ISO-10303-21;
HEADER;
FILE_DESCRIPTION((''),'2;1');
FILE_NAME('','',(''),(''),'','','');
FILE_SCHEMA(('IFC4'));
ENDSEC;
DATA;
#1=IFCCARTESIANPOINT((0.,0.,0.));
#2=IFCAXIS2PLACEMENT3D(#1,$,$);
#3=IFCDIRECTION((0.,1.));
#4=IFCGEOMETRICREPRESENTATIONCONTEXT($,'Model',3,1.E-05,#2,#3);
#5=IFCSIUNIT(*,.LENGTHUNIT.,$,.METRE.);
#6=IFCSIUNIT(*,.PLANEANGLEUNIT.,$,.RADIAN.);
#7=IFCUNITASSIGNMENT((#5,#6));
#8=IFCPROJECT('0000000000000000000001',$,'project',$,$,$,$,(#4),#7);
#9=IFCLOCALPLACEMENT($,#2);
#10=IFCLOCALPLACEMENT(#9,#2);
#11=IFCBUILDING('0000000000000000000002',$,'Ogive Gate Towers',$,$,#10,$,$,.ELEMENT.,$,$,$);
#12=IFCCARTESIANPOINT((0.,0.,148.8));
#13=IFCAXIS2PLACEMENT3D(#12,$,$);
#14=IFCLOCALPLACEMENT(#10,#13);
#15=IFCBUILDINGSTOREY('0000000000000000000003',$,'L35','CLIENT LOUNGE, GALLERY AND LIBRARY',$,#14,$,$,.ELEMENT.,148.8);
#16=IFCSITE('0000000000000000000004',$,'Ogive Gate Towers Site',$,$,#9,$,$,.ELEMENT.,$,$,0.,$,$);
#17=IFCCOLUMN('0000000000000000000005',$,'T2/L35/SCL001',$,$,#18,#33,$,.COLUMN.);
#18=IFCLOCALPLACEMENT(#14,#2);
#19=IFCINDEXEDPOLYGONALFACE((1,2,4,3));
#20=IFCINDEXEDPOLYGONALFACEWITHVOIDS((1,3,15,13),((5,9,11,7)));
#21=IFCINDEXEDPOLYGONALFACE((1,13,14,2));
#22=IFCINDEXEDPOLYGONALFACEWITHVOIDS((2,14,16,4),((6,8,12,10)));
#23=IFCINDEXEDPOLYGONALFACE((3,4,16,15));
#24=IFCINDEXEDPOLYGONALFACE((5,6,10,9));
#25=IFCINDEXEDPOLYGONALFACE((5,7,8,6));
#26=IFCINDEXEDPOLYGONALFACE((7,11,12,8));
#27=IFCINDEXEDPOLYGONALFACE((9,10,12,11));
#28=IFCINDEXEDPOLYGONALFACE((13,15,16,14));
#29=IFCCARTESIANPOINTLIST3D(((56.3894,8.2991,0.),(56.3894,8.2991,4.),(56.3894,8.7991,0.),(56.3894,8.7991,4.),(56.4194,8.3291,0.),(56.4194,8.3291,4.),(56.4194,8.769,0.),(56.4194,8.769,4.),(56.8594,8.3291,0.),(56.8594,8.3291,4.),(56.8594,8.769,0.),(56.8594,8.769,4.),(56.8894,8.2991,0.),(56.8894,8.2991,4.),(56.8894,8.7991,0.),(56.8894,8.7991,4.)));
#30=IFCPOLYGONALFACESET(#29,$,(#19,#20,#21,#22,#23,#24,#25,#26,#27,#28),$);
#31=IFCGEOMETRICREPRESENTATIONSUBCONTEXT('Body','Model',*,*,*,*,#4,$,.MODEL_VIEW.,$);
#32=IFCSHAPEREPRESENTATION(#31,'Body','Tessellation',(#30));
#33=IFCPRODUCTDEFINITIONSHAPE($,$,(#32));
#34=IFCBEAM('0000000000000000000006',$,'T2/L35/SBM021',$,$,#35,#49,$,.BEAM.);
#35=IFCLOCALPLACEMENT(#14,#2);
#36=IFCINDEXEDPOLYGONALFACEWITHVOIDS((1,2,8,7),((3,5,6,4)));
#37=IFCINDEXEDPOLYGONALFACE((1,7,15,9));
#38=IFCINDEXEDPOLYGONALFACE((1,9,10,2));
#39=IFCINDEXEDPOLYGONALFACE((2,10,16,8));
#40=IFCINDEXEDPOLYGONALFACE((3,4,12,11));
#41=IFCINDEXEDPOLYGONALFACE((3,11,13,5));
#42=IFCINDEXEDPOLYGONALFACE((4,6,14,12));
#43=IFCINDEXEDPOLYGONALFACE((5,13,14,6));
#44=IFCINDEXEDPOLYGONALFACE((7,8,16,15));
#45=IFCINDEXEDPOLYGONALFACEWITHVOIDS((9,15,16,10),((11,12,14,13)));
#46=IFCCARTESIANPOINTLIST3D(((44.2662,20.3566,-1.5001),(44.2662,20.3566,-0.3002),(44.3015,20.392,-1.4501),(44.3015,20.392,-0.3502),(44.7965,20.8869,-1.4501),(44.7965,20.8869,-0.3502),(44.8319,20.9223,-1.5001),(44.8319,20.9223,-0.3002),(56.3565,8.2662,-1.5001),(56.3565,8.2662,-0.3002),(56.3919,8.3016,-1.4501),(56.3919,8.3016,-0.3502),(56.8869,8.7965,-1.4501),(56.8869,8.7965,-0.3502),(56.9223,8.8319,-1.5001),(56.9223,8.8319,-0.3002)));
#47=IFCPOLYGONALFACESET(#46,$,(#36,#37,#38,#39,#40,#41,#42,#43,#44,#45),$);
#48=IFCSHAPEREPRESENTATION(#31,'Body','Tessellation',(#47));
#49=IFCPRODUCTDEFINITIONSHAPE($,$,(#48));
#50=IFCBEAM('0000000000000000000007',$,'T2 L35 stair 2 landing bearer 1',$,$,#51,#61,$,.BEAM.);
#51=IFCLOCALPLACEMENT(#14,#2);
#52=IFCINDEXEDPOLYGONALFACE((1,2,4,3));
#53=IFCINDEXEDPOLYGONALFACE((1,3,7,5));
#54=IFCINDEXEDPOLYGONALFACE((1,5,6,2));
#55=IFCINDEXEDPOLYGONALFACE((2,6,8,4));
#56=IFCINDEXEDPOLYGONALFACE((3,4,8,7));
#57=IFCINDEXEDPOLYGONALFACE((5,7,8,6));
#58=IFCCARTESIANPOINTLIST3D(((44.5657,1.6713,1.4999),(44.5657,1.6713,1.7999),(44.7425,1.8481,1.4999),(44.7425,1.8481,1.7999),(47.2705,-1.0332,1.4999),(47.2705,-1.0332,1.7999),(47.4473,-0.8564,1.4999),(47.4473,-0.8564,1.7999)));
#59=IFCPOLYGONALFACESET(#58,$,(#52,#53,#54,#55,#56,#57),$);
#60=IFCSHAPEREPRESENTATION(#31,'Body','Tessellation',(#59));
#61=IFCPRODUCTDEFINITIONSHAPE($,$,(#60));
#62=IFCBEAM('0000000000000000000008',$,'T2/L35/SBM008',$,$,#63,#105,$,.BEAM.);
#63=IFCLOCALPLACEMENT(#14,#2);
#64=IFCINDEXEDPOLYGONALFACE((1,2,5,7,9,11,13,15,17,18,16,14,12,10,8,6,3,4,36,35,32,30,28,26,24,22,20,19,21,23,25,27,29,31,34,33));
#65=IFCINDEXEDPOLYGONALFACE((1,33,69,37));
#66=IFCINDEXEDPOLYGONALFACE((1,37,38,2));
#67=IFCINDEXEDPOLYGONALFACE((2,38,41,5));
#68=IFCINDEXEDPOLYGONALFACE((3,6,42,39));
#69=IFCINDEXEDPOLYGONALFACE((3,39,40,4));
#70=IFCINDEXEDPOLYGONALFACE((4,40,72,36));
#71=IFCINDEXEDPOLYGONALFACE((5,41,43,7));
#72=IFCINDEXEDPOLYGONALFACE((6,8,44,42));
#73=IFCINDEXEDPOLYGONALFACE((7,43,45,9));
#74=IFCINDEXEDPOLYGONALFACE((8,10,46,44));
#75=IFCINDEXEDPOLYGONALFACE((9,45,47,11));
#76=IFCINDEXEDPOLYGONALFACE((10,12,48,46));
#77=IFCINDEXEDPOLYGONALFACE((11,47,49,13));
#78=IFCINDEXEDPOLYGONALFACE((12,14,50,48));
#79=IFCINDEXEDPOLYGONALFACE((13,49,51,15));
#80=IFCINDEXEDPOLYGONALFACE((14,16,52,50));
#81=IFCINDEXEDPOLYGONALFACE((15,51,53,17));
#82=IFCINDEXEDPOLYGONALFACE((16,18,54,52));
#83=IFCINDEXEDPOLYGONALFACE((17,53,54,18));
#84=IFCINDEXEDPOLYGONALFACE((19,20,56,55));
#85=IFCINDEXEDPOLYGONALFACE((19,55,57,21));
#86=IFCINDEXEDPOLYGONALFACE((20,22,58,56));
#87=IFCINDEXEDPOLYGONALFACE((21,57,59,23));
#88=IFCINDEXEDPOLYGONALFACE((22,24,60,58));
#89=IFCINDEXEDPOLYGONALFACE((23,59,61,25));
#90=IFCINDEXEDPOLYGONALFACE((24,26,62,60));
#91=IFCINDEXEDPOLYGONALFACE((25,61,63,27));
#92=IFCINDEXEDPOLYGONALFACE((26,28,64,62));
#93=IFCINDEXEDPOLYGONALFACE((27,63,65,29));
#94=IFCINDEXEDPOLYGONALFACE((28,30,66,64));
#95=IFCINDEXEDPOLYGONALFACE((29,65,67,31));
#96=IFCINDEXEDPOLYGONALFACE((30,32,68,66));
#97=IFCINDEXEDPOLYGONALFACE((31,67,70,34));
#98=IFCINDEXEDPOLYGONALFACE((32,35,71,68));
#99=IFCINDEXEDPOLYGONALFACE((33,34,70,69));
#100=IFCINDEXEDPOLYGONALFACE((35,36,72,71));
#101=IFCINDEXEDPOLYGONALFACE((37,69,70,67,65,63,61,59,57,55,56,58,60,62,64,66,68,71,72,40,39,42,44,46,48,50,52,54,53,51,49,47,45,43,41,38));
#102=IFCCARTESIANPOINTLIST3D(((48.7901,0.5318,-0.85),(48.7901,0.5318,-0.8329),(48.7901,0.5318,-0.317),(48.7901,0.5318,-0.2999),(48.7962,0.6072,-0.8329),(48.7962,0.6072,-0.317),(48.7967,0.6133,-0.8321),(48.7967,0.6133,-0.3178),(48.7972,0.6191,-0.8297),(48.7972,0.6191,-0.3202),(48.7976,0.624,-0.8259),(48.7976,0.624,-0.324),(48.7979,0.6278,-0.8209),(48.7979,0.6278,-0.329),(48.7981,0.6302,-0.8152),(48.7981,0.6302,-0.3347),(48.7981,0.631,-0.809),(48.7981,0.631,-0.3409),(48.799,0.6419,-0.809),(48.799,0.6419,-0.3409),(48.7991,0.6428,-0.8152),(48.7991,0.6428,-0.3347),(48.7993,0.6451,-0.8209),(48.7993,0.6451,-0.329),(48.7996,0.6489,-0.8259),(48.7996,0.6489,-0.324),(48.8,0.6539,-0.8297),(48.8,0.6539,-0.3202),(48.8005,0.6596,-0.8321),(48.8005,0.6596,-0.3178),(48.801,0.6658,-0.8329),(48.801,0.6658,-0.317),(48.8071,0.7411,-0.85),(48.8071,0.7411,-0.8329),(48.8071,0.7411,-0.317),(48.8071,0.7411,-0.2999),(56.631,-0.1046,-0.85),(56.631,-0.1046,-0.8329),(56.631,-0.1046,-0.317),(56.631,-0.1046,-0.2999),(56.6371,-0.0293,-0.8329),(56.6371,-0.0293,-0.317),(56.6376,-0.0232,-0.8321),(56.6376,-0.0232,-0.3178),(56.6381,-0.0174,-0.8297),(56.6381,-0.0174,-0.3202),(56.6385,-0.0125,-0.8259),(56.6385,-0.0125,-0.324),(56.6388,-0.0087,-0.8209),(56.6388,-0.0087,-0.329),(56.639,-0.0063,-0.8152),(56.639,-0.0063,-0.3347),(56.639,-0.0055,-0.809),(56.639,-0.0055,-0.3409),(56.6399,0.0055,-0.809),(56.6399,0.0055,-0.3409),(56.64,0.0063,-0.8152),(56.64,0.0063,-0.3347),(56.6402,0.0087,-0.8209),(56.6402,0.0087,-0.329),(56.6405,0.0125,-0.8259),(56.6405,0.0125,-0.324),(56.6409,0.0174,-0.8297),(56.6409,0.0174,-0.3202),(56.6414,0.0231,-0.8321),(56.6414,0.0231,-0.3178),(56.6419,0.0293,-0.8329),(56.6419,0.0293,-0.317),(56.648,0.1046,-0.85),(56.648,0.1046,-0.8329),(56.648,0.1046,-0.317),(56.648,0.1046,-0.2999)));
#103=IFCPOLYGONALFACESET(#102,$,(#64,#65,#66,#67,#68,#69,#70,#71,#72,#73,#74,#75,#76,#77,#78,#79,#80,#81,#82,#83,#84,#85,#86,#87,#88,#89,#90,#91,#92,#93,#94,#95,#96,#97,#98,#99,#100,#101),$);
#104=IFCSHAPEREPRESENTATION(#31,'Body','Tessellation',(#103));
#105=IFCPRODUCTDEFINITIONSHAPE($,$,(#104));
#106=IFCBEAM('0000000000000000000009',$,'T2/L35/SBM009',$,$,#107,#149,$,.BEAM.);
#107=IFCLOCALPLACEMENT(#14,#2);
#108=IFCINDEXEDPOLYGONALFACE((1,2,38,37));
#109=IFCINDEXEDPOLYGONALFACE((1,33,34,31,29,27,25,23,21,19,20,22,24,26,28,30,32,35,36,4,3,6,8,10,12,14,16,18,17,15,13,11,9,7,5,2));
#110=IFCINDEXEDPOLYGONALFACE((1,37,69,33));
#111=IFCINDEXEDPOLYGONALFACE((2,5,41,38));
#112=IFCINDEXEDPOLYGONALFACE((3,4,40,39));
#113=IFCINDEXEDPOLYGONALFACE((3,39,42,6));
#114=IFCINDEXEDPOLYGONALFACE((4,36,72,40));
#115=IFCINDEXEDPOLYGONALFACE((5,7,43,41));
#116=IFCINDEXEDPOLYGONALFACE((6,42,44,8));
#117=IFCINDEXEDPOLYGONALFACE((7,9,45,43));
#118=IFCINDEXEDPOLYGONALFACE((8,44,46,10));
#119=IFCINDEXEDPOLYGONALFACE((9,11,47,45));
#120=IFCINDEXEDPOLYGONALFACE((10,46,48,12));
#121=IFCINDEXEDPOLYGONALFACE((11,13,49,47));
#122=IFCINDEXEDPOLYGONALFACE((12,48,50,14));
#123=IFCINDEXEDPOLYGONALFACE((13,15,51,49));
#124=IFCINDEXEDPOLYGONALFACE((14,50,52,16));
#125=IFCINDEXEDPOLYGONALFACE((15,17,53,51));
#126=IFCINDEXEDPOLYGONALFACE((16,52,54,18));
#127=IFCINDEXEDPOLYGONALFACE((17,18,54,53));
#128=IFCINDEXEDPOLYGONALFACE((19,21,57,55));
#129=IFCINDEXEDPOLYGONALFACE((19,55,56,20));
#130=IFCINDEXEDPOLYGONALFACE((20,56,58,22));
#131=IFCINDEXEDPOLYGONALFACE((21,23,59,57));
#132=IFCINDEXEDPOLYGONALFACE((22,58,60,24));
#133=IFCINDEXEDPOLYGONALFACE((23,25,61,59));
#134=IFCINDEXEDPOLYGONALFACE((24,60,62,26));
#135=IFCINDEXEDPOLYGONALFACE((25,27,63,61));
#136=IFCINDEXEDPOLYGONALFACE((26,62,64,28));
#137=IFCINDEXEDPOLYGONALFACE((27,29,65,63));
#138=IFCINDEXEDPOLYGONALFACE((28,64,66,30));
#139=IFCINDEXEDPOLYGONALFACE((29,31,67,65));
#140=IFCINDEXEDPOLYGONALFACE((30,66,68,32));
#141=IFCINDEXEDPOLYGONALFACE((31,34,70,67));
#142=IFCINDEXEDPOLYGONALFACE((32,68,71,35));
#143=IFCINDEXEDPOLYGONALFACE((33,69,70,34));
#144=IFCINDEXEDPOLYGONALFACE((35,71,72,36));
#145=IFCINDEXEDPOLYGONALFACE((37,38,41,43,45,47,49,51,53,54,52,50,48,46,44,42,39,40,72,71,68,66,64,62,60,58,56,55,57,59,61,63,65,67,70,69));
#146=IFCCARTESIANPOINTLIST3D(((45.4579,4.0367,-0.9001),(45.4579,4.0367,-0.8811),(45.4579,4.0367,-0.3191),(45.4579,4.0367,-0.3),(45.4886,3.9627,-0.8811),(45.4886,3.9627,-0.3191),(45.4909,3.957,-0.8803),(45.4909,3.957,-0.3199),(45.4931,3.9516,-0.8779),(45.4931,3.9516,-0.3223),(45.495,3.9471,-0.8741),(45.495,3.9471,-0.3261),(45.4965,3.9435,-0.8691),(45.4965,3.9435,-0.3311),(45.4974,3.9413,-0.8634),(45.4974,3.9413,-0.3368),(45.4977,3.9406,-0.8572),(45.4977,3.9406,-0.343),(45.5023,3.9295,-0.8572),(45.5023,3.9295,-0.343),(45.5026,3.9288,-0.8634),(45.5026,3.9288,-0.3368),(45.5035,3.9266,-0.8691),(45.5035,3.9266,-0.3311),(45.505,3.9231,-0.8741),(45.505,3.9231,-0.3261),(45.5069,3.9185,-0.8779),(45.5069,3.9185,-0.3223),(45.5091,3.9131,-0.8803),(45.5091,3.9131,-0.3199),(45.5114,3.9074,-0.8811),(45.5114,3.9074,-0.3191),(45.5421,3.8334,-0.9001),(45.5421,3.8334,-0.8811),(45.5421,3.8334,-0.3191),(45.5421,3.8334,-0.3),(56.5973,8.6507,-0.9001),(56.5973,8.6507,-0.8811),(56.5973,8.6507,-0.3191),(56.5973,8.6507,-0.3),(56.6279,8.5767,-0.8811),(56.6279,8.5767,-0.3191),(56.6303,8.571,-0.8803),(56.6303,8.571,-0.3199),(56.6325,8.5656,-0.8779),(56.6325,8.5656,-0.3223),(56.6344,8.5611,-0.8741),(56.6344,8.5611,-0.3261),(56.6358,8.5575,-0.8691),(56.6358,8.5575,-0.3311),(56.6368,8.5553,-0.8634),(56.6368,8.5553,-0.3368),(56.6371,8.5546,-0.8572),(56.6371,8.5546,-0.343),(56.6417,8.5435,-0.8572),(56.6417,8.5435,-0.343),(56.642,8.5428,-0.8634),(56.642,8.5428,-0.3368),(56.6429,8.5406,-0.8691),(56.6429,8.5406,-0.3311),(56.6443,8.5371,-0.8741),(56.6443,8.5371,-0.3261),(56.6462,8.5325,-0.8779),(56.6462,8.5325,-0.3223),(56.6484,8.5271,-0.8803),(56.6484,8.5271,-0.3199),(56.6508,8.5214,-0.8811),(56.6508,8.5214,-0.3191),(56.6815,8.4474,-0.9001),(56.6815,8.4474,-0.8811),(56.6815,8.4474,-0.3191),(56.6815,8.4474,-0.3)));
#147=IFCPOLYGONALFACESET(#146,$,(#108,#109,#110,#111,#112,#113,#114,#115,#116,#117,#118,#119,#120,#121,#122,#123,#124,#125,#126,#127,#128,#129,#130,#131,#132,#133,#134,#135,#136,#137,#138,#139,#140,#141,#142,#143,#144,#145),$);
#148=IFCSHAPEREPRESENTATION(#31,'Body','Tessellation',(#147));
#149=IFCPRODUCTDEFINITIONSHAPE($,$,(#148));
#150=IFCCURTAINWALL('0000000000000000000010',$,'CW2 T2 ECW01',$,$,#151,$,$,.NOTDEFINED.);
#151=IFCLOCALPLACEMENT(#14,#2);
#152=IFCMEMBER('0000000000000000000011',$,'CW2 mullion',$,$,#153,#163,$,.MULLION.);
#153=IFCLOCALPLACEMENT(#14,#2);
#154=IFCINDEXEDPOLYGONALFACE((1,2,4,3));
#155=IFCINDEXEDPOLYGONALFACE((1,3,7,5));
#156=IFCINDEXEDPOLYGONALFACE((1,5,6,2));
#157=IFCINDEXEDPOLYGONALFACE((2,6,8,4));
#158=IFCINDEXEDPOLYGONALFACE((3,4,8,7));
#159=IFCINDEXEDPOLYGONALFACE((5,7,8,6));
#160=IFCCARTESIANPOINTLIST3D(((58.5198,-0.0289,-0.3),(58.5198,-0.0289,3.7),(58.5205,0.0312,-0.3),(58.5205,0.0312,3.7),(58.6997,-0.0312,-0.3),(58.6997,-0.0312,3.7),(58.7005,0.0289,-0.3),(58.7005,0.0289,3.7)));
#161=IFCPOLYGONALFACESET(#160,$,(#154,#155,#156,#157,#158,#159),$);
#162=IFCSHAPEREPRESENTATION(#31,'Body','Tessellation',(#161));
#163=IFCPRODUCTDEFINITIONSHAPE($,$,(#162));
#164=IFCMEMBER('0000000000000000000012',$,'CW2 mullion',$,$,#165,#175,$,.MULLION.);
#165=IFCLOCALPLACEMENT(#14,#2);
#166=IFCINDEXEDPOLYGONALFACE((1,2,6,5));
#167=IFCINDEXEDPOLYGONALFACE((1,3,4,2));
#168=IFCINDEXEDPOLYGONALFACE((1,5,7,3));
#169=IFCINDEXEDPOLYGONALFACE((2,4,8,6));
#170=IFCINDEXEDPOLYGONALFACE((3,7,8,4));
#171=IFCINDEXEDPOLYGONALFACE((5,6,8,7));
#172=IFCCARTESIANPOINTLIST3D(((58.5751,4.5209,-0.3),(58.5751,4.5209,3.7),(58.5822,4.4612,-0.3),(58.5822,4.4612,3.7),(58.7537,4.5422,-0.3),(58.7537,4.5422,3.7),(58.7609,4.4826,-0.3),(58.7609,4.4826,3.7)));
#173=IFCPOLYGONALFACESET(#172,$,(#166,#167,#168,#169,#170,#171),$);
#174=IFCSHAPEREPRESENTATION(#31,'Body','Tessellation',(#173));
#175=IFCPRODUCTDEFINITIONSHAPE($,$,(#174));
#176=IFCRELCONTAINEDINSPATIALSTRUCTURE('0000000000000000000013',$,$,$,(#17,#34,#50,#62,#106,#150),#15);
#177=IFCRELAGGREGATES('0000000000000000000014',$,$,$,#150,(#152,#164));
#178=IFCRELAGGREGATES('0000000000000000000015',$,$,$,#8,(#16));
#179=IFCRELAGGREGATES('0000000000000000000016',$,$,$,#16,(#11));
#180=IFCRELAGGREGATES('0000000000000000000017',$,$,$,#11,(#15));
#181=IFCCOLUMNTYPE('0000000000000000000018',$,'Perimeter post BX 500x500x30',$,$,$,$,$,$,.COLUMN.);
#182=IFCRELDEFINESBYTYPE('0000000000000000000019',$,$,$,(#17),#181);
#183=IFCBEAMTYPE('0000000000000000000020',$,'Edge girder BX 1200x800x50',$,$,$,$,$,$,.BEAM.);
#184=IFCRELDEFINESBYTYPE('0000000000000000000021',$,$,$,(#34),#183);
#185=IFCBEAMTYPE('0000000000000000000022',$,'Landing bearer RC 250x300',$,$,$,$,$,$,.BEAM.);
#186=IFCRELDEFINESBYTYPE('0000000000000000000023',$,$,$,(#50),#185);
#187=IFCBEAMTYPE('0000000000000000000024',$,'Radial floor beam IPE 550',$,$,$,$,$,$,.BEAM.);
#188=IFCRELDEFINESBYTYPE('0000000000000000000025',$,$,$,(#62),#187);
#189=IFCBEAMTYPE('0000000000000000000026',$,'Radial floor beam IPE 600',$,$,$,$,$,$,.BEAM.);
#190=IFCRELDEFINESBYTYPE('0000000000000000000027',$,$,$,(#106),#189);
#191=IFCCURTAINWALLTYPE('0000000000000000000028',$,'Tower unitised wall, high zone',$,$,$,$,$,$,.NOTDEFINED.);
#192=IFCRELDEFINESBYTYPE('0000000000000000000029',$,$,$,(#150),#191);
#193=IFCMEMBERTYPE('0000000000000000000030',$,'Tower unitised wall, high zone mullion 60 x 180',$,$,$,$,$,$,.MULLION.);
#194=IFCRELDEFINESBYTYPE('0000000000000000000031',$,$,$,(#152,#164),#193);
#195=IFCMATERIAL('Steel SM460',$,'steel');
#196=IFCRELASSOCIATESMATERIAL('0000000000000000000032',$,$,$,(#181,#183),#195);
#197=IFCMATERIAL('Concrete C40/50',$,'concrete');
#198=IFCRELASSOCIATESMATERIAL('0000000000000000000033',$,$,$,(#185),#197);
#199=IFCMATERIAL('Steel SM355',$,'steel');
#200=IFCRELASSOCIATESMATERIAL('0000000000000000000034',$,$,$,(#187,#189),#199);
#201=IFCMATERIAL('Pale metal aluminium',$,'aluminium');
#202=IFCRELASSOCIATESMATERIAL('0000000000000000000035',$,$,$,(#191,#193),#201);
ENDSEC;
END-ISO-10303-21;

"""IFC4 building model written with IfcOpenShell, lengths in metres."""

from ifc_helpers import new_model, si_unit, direction, frame, origin, origin_2d, place, context, subcontext, project, spatial, rectangle, hollow_rectangle, i_section, extrude, material, material_profile, profile_set, type_object, element, aggregate, save


model = new_model("IFC4")

# Units and contexts
model_context = context("Model", 3, precision=1e-05, world=origin(), true_north=direction((0.0, 1.0)))
body_context = subcontext(model_context, "Body", "Model", "MODEL_VIEW")
ifc_project = project(units=[si_unit("LENGTHUNIT", "METRE"), si_unit("PLANEANGLEUNIT", "RADIAN")], contexts=[model_context])

# Site, building, storey
site_placement = place(None, origin())
site = spatial("IfcSite", under=ifc_project, at=site_placement, Name="Ogive Gate Towers Site", CompositionType="ELEMENT", RefElevation=0.0)
building_placement = place(site_placement, origin())
building = spatial("IfcBuilding", under=site, at=building_placement, Name="Ogive Gate Towers", CompositionType="ELEMENT")
storey_placement = place(building_placement, frame((0.0, 0.0, 148.8)))
storey = spatial("IfcBuildingStorey", under=building, at=storey_placement, Name="L35", Description="CLIENT LOUNGE, GALLERY AND LIBRARY", CompositionType="ELEMENT", Elevation=148.8)

# Column
ifc_material_1 = material(Name="Steel SM460", Category="steel")
ifc_material_profile_1 = material_profile(ifc_material_1, hollow_rectangle(XDim=0.5, YDim=0.5, WallThickness=0.03, at=origin_2d()), Name="BX 500x500x30")
ifc_profile_set_1 = profile_set([ifc_material_profile_1], Name="Steel SM460")
column_type = type_object("IfcColumnType", Name="Perimeter post BX 500x500x30", PredefinedType="COLUMN", material=ifc_profile_set_1)
column_placement = place(storey_placement, frame((56.6394, 8.5491, 0.0), z_axis=(0.0, 0.0, 1.0), x_axis=(1.0, 0.0, 0.0)))
element("IfcColumn", 1, at=column_placement, inside=storey, type_object=column_type, Name="T2/L35/SCL001", PredefinedType="COLUMN", context=body_context, shape_type="SweptSolid", body=[
    extrude(hollow_rectangle(XDim=0.5, YDim=0.5, WallThickness=0.03, at=origin_2d()), origin(), (0.0, 0.0, 1.0), 4.0),
])

# Beams
ifc_material_profile_2 = material_profile(ifc_material_1, hollow_rectangle(XDim=0.8, YDim=1.2, WallThickness=0.05, at=origin_2d()), Name="BX 1200x800x50")
ifc_profile_set_2 = profile_set([ifc_material_profile_2], Name="Steel SM460")
beam_type_1 = type_object("IfcBeamType", Name="Edge girder BX 1200x800x50", PredefinedType="BEAM", material=ifc_profile_set_2)
beam_1_placement = place(storey_placement, frame((56.6394, 8.5491, -0.9001), z_axis=(-0.707107, 0.707107, 0.0), x_axis=(-0.707107, -0.707107, 0.0)))
element("IfcBeam", 2, at=beam_1_placement, inside=storey, type_object=beam_type_1, Name="T2/L35/SBM021", PredefinedType="BEAM", context=body_context, shape_type="SweptSolid", body=[
    extrude(hollow_rectangle(XDim=0.8, YDim=1.2, WallThickness=0.05, at=origin_2d()), origin(), (0.0, 0.0, 1.0), 17.0984),
])
ifc_material_2 = material(Name="Concrete C40/50", Category="concrete")
ifc_material_profile_3 = material_profile(ifc_material_2, rectangle(XDim=0.25, YDim=0.3, at=origin_2d()), Name="RC 250x300")
ifc_profile_set_3 = profile_set([ifc_material_profile_3], Name="Concrete C40/50")
beam_type_2 = type_object("IfcBeamType", Name="Landing bearer RC 250x300", PredefinedType="BEAM", material=ifc_profile_set_3)
beam_2_placement = place(storey_placement, frame((47.3589, -0.9448, 1.6499), z_axis=(-0.707139, 0.707075, 0.0), x_axis=(-0.707075, -0.707139, 0.0)))
element("IfcBeam", 3, at=beam_2_placement, inside=storey, type_object=beam_type_2, Name="T2 L35 stair 2 landing bearer 1", PredefinedType="BEAM", context=body_context, shape_type="SweptSolid", body=[
    extrude(rectangle(XDim=0.25, YDim=0.3, at=origin_2d()), origin(), (0.0, 0.0, 1.0), 3.825),
])
ifc_material_3 = material(Name="Steel SM355", Category="steel")
ifc_material_profile_4 = material_profile(ifc_material_3, i_section(OverallWidth=0.21, OverallDepth=0.55, WebThickness=0.011, FlangeThickness=0.0171, FilletRadius=0.0239, at=origin_2d()), Name="IPE 550")
ifc_profile_set_4 = profile_set([ifc_material_profile_4], Name="Steel SM355")
beam_type_3 = type_object("IfcBeamType", Name="Radial floor beam IPE 550", PredefinedType="BEAM", material=ifc_profile_set_4)
beam_3_placement = place(storey_placement, frame((48.7986, 0.6365, -0.575), z_axis=(0.996722, -0.080908, 0.0), x_axis=(0.080908, 0.996722, 0.0)))
element("IfcBeam", 4, at=beam_3_placement, inside=storey, type_object=beam_type_3, Name="T2/L35/SBM008", PredefinedType="BEAM", context=body_context, shape_type="SweptSolid", body=[
    extrude(i_section(OverallWidth=0.21, OverallDepth=0.55, WebThickness=0.011, FlangeThickness=0.0171, FilletRadius=0.0239, at=origin_2d()), origin(), (0.0, 0.0, 1.0), 7.8667),
])
ifc_material_profile_5 = material_profile(ifc_material_3, i_section(OverallWidth=0.22, OverallDepth=0.6001, WebThickness=0.012, FlangeThickness=0.019, FilletRadius=0.0239, at=origin_2d()), Name="IPE 600")
ifc_profile_set_5 = profile_set([ifc_material_profile_5], Name="Steel SM355")
beam_type_4 = type_object("IfcBeamType", Name="Radial floor beam IPE 600", PredefinedType="BEAM", material=ifc_profile_set_5)
beam_4_placement = place(storey_placement, frame((45.5, 3.9351, -0.6001), z_axis=(0.923882, 0.382678, 0.0), x_axis=(-0.382678, 0.923882, 0.0)))
element("IfcBeam", 5, at=beam_4_placement, inside=storey, type_object=beam_type_4, Name="T2/L35/SBM009", PredefinedType="BEAM", context=body_context, shape_type="SweptSolid", body=[
    extrude(i_section(OverallWidth=0.22, OverallDepth=0.6001, WebThickness=0.012, FlangeThickness=0.019, FilletRadius=0.0239, at=origin_2d()), origin(), (0.0, 0.0, 1.0), 12.0571),
])

# Curtain wall, members
ifc_material_4 = material(Name="Pale metal aluminium", Category="aluminium")
curtain_wall_type = type_object("IfcCurtainWallType", Name="Tower unitised wall, high zone", PredefinedType="NOTDEFINED", material=ifc_material_4)
curtain_wall_1_placement = place(storey_placement, origin())
curtain_wall_1 = element("IfcCurtainWall", 6, at=curtain_wall_1_placement, inside=storey, type_object=curtain_wall_type, Name="CW2 T2 ECW01", PredefinedType="NOTDEFINED")
ifc_material_profile_6 = material_profile(ifc_material_4, rectangle(XDim=0.1799, YDim=0.0601, at=origin_2d()), Name="60 x 180 aluminium box")
ifc_profile_set_6 = profile_set([ifc_material_profile_6], Name="Pale metal aluminium")
member_type_1 = type_object("IfcMemberType", Name="Tower unitised wall, high zone mullion 60 x 180", PredefinedType="MULLION", material=ifc_profile_set_6)
member_1_placement = place(storey_placement, frame((58.6101, 0.0, -0.3), z_axis=(0.0, 0.0, 1.0), x_axis=(0.999918, -0.012828, 0.0)))
member_1 = element("IfcMember", 7, at=member_1_placement, type_object=member_type_1, Name="CW2 mullion", PredefinedType="MULLION", context=body_context, shape_type="SweptSolid", body=[
    extrude(rectangle(XDim=0.1799, YDim=0.0601, at=origin_2d()), origin(), (0.0, 0.0, 1.0), 4.0),
])
member_2_placement = place(storey_placement, frame((58.668, 4.5017, -0.3), z_axis=(0.0, 0.0, 1.0), x_axis=(0.992941, 0.118612, 0.0)))
member_2 = element("IfcMember", 8, at=member_2_placement, type_object=member_type_1, Name="CW2 mullion", PredefinedType="MULLION", context=body_context, shape_type="SweptSolid", body=[
    extrude(rectangle(XDim=0.1799, YDim=0.0601, at=origin_2d()), origin(), (0.0, 0.0, 1.0), 4.0),
])

aggregate(curtain_wall_1, [member_1, member_2])

save(model, "model.ifc")
